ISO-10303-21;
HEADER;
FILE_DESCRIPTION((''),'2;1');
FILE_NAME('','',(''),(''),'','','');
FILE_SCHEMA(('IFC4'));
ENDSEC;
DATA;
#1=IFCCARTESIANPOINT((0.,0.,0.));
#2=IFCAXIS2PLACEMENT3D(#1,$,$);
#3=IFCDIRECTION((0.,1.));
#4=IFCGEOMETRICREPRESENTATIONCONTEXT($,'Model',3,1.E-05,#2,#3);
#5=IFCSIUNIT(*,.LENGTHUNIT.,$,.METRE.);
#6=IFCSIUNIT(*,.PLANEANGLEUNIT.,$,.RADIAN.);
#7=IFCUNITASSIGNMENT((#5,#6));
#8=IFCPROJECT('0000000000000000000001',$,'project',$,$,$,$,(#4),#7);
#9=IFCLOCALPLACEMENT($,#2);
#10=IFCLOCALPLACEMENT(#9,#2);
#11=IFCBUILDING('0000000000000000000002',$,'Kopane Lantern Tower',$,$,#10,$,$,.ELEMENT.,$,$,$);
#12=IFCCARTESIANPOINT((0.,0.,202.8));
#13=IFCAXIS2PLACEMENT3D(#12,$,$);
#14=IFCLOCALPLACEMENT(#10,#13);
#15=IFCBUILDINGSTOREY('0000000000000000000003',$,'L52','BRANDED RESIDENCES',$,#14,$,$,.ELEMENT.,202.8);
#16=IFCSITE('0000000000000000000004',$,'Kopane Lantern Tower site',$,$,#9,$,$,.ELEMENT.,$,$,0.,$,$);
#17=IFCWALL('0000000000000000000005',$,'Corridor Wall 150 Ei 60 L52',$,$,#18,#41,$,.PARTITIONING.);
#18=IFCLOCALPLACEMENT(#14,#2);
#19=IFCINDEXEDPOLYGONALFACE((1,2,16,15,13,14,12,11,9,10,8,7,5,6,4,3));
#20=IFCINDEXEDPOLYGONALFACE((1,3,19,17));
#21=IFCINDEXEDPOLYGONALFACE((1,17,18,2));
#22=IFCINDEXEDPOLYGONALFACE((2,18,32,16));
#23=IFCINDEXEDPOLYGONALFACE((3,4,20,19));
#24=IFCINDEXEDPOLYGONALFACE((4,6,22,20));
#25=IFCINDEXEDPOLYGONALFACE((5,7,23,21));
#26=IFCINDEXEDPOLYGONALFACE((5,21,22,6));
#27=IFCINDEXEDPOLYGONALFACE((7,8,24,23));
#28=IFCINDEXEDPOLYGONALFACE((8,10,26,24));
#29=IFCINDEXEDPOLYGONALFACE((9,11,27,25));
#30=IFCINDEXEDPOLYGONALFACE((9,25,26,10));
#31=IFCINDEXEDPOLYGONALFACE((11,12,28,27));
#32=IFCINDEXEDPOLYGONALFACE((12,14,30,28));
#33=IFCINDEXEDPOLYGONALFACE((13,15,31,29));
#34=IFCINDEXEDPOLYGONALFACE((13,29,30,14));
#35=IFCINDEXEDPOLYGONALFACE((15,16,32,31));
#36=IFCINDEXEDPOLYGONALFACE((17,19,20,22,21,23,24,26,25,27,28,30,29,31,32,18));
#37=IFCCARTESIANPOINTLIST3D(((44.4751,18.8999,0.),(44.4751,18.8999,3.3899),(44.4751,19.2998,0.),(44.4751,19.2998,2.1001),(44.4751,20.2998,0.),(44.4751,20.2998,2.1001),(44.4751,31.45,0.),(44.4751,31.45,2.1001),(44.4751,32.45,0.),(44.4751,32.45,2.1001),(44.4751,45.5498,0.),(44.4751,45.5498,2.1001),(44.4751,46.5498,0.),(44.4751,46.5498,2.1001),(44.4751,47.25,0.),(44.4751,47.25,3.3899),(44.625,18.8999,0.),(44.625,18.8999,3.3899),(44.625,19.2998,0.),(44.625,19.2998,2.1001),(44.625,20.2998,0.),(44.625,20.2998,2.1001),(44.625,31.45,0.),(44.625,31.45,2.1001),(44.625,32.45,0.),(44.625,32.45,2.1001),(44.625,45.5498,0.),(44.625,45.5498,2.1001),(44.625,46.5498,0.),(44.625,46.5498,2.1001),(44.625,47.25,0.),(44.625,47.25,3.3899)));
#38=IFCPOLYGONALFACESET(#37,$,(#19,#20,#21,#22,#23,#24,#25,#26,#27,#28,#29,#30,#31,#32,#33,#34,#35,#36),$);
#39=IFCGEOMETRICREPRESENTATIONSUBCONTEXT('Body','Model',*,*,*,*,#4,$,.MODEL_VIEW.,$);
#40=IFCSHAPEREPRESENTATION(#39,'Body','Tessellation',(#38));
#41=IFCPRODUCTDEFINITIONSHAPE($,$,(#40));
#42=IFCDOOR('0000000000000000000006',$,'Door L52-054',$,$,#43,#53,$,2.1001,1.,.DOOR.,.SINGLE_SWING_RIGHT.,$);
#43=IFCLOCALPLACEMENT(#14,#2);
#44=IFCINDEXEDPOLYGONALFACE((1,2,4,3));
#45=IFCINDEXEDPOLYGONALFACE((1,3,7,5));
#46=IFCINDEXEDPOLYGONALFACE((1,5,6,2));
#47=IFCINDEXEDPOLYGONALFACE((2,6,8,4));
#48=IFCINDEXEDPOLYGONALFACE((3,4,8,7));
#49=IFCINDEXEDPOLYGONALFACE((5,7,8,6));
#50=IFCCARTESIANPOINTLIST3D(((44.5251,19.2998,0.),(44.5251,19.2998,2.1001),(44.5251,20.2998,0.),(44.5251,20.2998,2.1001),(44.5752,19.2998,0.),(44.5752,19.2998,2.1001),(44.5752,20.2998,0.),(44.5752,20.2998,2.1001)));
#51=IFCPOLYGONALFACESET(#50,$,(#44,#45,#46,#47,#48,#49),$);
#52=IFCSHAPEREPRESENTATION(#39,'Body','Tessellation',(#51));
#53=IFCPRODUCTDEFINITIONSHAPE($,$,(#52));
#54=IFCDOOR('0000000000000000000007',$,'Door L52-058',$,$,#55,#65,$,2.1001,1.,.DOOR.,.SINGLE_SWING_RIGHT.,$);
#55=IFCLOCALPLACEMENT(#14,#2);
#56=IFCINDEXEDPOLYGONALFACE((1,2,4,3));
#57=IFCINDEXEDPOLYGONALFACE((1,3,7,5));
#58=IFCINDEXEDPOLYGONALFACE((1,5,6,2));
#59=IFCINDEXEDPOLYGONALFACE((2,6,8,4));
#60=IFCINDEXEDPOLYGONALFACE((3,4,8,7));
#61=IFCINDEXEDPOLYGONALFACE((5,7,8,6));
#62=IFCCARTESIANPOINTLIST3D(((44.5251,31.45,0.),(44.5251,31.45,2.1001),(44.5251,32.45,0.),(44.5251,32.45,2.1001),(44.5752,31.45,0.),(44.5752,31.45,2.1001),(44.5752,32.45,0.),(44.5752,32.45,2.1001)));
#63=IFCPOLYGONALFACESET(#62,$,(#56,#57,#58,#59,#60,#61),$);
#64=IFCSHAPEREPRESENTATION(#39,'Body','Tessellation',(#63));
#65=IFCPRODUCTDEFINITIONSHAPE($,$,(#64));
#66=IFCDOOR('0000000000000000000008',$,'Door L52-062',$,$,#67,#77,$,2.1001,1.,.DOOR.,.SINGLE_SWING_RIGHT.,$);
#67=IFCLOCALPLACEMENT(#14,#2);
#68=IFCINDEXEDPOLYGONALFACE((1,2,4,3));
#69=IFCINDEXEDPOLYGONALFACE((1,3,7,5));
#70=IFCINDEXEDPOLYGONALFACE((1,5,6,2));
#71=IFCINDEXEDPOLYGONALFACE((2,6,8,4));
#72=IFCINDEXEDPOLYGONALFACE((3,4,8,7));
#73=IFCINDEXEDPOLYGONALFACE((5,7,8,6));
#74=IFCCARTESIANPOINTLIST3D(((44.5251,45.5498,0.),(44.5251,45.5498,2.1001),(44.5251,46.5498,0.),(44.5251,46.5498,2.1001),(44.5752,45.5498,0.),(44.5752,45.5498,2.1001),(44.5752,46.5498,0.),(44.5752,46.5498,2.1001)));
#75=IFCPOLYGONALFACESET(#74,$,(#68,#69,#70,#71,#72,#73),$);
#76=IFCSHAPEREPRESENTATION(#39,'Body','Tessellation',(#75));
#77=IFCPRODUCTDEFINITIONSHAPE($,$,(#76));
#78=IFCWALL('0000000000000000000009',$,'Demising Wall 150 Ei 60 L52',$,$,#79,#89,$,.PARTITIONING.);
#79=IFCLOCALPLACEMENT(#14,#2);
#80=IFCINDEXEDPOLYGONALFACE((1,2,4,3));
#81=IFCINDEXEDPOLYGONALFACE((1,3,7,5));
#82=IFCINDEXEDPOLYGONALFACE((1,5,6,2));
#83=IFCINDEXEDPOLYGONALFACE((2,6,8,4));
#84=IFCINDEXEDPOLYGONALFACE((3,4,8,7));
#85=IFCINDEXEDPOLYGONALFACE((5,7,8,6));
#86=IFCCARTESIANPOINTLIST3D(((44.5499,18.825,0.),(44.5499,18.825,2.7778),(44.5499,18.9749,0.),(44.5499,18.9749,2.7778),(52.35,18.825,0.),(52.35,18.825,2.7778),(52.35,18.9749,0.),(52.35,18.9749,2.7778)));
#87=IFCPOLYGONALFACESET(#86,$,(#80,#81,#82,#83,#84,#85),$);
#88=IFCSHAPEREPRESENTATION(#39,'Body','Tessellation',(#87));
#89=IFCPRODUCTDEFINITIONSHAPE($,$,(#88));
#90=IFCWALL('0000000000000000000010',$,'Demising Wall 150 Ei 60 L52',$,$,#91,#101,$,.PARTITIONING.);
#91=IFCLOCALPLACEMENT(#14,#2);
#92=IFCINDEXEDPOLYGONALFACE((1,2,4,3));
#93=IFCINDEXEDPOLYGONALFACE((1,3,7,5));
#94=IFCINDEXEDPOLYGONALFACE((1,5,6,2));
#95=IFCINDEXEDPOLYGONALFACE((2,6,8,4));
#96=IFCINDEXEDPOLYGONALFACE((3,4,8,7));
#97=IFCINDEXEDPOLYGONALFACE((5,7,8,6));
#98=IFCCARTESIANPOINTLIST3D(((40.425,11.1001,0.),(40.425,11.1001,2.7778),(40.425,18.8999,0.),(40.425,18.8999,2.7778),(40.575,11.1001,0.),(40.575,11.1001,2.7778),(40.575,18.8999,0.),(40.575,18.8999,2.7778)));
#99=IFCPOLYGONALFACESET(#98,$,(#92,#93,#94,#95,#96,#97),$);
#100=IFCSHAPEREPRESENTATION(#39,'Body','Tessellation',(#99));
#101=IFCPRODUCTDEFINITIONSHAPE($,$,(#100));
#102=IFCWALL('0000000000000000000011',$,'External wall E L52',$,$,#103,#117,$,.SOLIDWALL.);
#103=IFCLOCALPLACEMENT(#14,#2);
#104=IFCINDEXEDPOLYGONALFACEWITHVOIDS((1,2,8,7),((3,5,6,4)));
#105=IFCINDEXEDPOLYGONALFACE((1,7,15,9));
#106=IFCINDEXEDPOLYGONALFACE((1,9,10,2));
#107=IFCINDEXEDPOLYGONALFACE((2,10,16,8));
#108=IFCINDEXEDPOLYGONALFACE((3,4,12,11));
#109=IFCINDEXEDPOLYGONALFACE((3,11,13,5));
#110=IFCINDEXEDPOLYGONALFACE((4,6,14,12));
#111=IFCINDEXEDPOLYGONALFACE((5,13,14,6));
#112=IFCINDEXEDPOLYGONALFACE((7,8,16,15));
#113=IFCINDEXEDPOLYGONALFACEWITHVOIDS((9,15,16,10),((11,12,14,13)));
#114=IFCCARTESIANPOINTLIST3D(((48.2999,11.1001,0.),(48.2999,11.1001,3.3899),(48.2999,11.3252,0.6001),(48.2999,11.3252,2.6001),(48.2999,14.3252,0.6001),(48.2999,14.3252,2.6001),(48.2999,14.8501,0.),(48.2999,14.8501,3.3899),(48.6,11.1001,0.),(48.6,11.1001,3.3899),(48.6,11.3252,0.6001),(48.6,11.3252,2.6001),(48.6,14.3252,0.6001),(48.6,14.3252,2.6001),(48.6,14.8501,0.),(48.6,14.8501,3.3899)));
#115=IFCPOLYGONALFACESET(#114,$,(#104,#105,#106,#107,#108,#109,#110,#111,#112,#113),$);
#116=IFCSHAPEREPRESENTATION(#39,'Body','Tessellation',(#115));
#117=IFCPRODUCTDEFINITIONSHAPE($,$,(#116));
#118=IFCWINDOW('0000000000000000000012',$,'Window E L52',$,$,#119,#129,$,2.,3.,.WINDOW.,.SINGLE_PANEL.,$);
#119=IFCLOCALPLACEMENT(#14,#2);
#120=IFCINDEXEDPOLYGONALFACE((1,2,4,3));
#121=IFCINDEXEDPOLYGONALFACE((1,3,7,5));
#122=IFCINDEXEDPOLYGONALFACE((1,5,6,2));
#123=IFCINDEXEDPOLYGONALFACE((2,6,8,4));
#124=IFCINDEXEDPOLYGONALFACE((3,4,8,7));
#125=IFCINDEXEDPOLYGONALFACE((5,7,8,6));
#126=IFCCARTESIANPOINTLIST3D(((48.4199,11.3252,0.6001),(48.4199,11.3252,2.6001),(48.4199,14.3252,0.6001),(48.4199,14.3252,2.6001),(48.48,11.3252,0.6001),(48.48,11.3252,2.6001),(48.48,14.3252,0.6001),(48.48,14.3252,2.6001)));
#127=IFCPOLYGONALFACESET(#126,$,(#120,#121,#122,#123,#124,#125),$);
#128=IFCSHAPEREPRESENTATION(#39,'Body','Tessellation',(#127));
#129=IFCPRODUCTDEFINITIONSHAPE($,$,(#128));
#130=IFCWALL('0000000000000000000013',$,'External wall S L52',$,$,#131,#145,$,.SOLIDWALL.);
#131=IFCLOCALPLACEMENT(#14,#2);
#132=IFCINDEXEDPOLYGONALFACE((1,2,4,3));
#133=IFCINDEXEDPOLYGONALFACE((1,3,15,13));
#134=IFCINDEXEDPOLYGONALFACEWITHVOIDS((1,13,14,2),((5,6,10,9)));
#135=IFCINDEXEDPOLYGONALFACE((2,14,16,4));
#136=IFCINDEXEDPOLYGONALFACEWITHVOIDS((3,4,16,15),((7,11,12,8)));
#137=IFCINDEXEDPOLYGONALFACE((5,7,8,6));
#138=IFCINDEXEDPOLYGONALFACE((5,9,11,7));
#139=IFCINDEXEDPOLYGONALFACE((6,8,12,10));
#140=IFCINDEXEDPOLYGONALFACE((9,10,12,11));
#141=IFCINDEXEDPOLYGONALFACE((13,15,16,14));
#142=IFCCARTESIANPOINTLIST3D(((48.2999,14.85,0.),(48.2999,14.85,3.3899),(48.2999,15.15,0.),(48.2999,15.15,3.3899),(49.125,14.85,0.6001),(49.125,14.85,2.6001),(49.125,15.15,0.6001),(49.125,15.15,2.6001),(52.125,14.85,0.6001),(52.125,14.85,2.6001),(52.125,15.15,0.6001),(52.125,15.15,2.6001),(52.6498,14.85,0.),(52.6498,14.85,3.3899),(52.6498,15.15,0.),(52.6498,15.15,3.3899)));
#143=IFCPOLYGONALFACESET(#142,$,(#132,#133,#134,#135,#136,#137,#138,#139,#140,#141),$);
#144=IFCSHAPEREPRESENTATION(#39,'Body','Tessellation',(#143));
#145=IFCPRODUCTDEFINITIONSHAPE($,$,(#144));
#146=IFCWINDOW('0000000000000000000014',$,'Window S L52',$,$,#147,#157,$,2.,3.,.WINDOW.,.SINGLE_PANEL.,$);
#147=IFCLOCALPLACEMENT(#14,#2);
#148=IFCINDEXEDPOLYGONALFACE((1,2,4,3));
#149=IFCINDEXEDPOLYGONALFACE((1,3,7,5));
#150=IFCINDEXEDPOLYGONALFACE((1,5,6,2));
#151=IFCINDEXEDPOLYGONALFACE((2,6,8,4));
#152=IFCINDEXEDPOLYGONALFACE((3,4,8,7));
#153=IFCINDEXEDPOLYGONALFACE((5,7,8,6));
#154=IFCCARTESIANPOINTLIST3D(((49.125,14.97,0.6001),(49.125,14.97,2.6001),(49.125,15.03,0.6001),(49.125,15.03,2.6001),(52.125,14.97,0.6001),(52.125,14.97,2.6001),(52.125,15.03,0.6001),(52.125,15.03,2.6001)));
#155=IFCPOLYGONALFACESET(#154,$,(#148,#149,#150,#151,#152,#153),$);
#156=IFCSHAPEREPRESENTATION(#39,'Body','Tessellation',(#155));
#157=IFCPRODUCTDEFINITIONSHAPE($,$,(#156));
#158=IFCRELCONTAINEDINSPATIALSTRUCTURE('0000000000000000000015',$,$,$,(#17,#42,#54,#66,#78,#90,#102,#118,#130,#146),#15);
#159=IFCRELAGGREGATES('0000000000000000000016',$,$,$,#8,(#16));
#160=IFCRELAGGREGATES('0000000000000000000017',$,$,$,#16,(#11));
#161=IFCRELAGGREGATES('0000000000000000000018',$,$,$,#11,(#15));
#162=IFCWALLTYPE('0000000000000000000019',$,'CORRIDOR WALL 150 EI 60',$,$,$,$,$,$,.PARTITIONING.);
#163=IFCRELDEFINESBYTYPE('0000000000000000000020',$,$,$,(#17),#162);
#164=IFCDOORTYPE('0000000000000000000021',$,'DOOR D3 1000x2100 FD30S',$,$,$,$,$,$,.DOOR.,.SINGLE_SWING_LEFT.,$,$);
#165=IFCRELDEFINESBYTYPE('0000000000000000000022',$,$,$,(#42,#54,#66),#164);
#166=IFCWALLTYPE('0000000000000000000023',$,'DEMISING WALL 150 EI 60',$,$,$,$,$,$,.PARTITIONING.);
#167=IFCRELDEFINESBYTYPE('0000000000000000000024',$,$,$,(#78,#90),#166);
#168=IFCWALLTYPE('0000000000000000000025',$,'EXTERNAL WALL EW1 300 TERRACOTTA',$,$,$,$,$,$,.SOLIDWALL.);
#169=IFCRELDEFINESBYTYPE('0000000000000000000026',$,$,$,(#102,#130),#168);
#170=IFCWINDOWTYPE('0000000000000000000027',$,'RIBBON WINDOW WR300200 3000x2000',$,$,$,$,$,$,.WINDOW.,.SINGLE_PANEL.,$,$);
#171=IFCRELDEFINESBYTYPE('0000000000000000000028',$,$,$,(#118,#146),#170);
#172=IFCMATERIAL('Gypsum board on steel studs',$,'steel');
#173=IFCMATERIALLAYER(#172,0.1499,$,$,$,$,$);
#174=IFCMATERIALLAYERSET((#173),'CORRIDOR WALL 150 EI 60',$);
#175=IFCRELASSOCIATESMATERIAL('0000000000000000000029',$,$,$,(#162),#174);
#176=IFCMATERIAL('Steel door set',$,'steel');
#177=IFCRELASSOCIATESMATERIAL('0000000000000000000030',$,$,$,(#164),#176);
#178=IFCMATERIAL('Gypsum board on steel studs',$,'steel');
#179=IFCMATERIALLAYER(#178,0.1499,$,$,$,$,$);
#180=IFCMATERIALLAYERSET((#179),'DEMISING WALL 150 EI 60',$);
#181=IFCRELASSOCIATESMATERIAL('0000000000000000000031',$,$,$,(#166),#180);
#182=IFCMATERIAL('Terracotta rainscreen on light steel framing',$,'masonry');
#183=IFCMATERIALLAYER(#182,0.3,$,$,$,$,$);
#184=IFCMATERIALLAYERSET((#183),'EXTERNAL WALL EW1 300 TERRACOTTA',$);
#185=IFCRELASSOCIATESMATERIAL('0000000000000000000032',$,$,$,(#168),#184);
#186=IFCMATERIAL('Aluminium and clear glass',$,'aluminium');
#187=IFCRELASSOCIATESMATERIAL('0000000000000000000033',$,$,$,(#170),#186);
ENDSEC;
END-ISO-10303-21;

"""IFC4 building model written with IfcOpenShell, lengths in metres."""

from ifc_helpers import new_model, si_unit, direction, frame, frame_2d, origin, place, context, subcontext, project, spatial, rectangle, extrude, material, layer, layer_set, type_object, element, fill, save


model = new_model("IFC4")

# Units and contexts
model_context = context("Model", 3, precision=1e-05, world=origin(), true_north=direction((0.0, 1.0)))
body_context = subcontext(model_context, "Body", "Model", "MODEL_VIEW")
ifc_project = project(units=[si_unit("LENGTHUNIT", "METRE"), si_unit("PLANEANGLEUNIT", "RADIAN")], contexts=[model_context])

# Site, building, storey
site_placement = place(None, origin())
site = spatial("IfcSite", under=ifc_project, at=site_placement, Name="Kopane Lantern Tower site", CompositionType="ELEMENT", RefElevation=0.0)
building_placement = place(site_placement, origin())
building = spatial("IfcBuilding", under=site, at=building_placement, Name="Kopane Lantern Tower", CompositionType="ELEMENT")
storey_placement = place(building_placement, frame((0.0, 0.0, 202.8)))
storey = spatial("IfcBuildingStorey", under=building, at=storey_placement, Name="L52", Description="BRANDED RESIDENCES", CompositionType="ELEMENT", Elevation=202.8)

# Wall, openings, doors
ifc_material_1 = material(Name="Gypsum board on steel studs", Category="steel")
ifc_layer_1 = layer(ifc_material_1, 0.1499)
ifc_layer_set_1 = layer_set([ifc_layer_1], Name="CORRIDOR WALL 150 EI 60")
wall_type_1 = type_object("IfcWallType", Name="CORRIDOR WALL 150 EI 60", PredefinedType="PARTITIONING", material=ifc_layer_set_1)
wall_1_placement = place(storey_placement, frame((44.55, 18.8999, 0.0), z_axis=(0.0, 0.0, 1.0), x_axis=(0.0, 1.0, 0.0)))
wall_1 = element("IfcWall", 1, at=wall_1_placement, inside=storey, type_object=wall_type_1, Name="Corridor Wall 150 Ei 60 L52", PredefinedType="PARTITIONING", context=body_context, shape_type="SweptSolid", body=[
    extrude(rectangle(XDim=28.3501, YDim=0.1499, at=frame_2d((14.175, 0.0))), origin(), (0.0, 0.0, 1.0), 3.3899),
])
opening_1_placement = place(wall_1_placement, frame((0.3999, 0.0, 0.0)))
opening_1 = element("IfcOpeningElement", 2, at=opening_1_placement, cuts=wall_1, PredefinedType="OPENING", context=body_context, shape_type="SweptSolid", body=[
    extrude(rectangle(XDim=1.0, YDim=2.1001, at=frame_2d((0.5, 1.05))), frame((0.0, 0.085, 0.0), z_axis=(0.0, -1.0, 0.0), x_axis=(1.0, 0.0, 0.0)), (0.0, 0.0, 1.0), 0.1699),
])
opening_2_placement = place(wall_1_placement, frame((12.55, 0.0, 0.0)))
opening_2 = element("IfcOpeningElement", 3, at=opening_2_placement, cuts=wall_1, PredefinedType="OPENING", context=body_context, shape_type="SweptSolid", body=[
    extrude(rectangle(XDim=1.0, YDim=2.1001, at=frame_2d((0.5, 1.05))), frame((0.0, 0.085, 0.0), z_axis=(0.0, -1.0, 0.0), x_axis=(1.0, 0.0, 0.0)), (0.0, 0.0, 1.0), 0.1699),
])
opening_3_placement = place(wall_1_placement, frame((26.6499, 0.0, 0.0)))
opening_3 = element("IfcOpeningElement", 4, at=opening_3_placement, cuts=wall_1, PredefinedType="OPENING", context=body_context, shape_type="SweptSolid", body=[
    extrude(rectangle(XDim=1.0, YDim=2.1001, at=frame_2d((0.5, 1.05))), frame((0.0, 0.085, 0.0), z_axis=(0.0, -1.0, 0.0), x_axis=(1.0, 0.0, 0.0)), (0.0, 0.0, 1.0), 0.1699),
])
ifc_material_2 = material(Name="Steel door set", Category="steel")
door_type_1 = type_object("IfcDoorType", Name="DOOR D3 1000x2100 FD30S", OperationType="SINGLE_SWING_LEFT", PredefinedType="DOOR", material=ifc_material_2)
door_1_placement = place(opening_1_placement, origin())
door_1 = element("IfcDoor", 5, at=door_1_placement, inside=storey, type_object=door_type_1, Name="Door L52-054", OperationType="SINGLE_SWING_RIGHT", OverallHeight=2.1001, OverallWidth=1.0, PredefinedType="DOOR", context=body_context, shape_type="SweptSolid", body=[
    extrude(rectangle(XDim=1.0, YDim=2.1001, at=frame_2d((0.5, 1.05))), frame((0.0, 0.0249, 0.0), z_axis=(0.0, -1.0, 0.0), x_axis=(1.0, 0.0, 0.0)), (0.0, 0.0, 1.0), 0.05),
])
fill(opening_1, door_1)
door_2_placement = place(opening_2_placement, origin())
door_2 = element("IfcDoor", 6, at=door_2_placement, inside=storey, type_object=door_type_1, Name="Door L52-058", OperationType="SINGLE_SWING_RIGHT", OverallHeight=2.1001, OverallWidth=1.0, PredefinedType="DOOR", context=body_context, shape_type="SweptSolid", body=[
    extrude(rectangle(XDim=1.0, YDim=2.1001, at=frame_2d((0.5, 1.05))), frame((0.0, 0.0249, 0.0), z_axis=(0.0, -1.0, 0.0), x_axis=(1.0, 0.0, 0.0)), (0.0, 0.0, 1.0), 0.05),
])
fill(opening_2, door_2)
door_3_placement = place(opening_3_placement, origin())
door_3 = element("IfcDoor", 7, at=door_3_placement, inside=storey, type_object=door_type_1, Name="Door L52-062", OperationType="SINGLE_SWING_RIGHT", OverallHeight=2.1001, OverallWidth=1.0, PredefinedType="DOOR", context=body_context, shape_type="SweptSolid", body=[
    extrude(rectangle(XDim=1.0, YDim=2.1001, at=frame_2d((0.5, 1.05))), frame((0.0, 0.0249, 0.0), z_axis=(0.0, -1.0, 0.0), x_axis=(1.0, 0.0, 0.0)), (0.0, 0.0, 1.0), 0.05),
])
fill(opening_3, door_3)

# Walls
ifc_material_3 = material(Name="Gypsum board on steel studs", Category="steel")
ifc_layer_2 = layer(ifc_material_3, 0.1499)
ifc_layer_set_2 = layer_set([ifc_layer_2], Name="DEMISING WALL 150 EI 60")
wall_type_2 = type_object("IfcWallType", Name="DEMISING WALL 150 EI 60", PredefinedType="PARTITIONING", material=ifc_layer_set_2)
wall_2_placement = place(storey_placement, frame((44.55, 18.8999, 0.0), z_axis=(0.0, 0.0, 1.0), x_axis=(1.0, 0.0, 0.0)))
element("IfcWall", 8, at=wall_2_placement, inside=storey, type_object=wall_type_2, Name="Demising Wall 150 Ei 60 L52", PredefinedType="PARTITIONING", context=body_context, shape_type="SweptSolid", body=[
    extrude(rectangle(XDim=7.8, YDim=0.1499, at=frame_2d((3.8999, 0.0))), origin(), (0.0, 0.0, 1.0), 2.7778),
])
wall_3_placement = place(storey_placement, frame((40.5, 18.8999, 0.0), z_axis=(0.0, 0.0, 1.0), x_axis=(0.0, -1.0, 0.0)))
element("IfcWall", 9, at=wall_3_placement, inside=storey, type_object=wall_type_2, Name="Demising Wall 150 Ei 60 L52", PredefinedType="PARTITIONING", context=body_context, shape_type="SweptSolid", body=[
    extrude(rectangle(XDim=7.7998, YDim=0.1499, at=frame_2d((3.8999, 0.0))), origin(), (0.0, 0.0, 1.0), 2.7778),
])

# Walls, openings, windows
ifc_material_4 = material(Name="Terracotta rainscreen on light steel framing", Category="masonry")
ifc_layer_3 = layer(ifc_material_4, 0.3)
ifc_layer_set_3 = layer_set([ifc_layer_3], Name="EXTERNAL WALL EW1 300 TERRACOTTA")
wall_type_3 = type_object("IfcWallType", Name="EXTERNAL WALL EW1 300 TERRACOTTA", PredefinedType="SOLIDWALL", material=ifc_layer_set_3)
wall_4_placement = place(storey_placement, frame((48.45, 11.1001, 0.0), z_axis=(0.0, 0.0, 1.0), x_axis=(0.0, 1.0, 0.0)))
wall_4 = element("IfcWall", 10, at=wall_4_placement, inside=storey, type_object=wall_type_3, Name="External wall E L52", PredefinedType="SOLIDWALL", context=body_context, shape_type="SweptSolid", body=[
    extrude(rectangle(XDim=3.75, YDim=0.3, at=frame_2d((1.875, 0.0))), origin(), (0.0, 0.0, 1.0), 3.3899),
])
opening_4_placement = place(wall_4_placement, frame((0.2251, 0.0, 0.6001)))
opening_4 = element("IfcOpeningElement", 11, at=opening_4_placement, cuts=wall_4, PredefinedType="OPENING", context=body_context, shape_type="SweptSolid", body=[
    extrude(rectangle(XDim=3.0, YDim=2.0, at=frame_2d((1.5, 1.0))), frame((0.0, 0.1599, 0.0), z_axis=(0.0, -1.0, 0.0), x_axis=(1.0, 0.0, 0.0)), (0.0, 0.0, 1.0), 0.3201),
])
ifc_material_5 = material(Name="Aluminium and clear glass", Category="aluminium")
window_type = type_object("IfcWindowType", Name="RIBBON WINDOW WR300200 3000x2000", PartitioningType="SINGLE_PANEL", PredefinedType="WINDOW", material=ifc_material_5)
window_1_placement = place(opening_4_placement, origin())
window_1 = element("IfcWindow", 12, at=window_1_placement, inside=storey, type_object=window_type, Name="Window E L52", OverallHeight=2.0, OverallWidth=3.0, PartitioningType="SINGLE_PANEL", PredefinedType="WINDOW", context=body_context, shape_type="SweptSolid", body=[
    extrude(rectangle(XDim=3.0, YDim=2.0, at=frame_2d((1.5, 1.0))), frame((0.0, 0.03, 0.0), z_axis=(0.0, -1.0, 0.0), x_axis=(1.0, 0.0, 0.0)), (0.0, 0.0, 1.0), 0.0601),
])
fill(opening_4, window_1)
wall_5_placement = place(storey_placement, frame((48.3, 15.0, 0.0), z_axis=(0.0, 0.0, 1.0), x_axis=(1.0, 0.0, 0.0)))
wall_5 = element("IfcWall", 13, at=wall_5_placement, inside=storey, type_object=wall_type_3, Name="External wall S L52", PredefinedType="SOLIDWALL", context=body_context, shape_type="SweptSolid", body=[
    extrude(rectangle(XDim=4.3499, YDim=0.3, at=frame_2d((2.1748, 0.0))), origin(), (0.0, 0.0, 1.0), 3.3899),
])
opening_5_placement = place(wall_5_placement, frame((0.825, 0.0, 0.6001)))
opening_5 = element("IfcOpeningElement", 14, at=opening_5_placement, cuts=wall_5, PredefinedType="OPENING", context=body_context, shape_type="SweptSolid", body=[
    extrude(rectangle(XDim=3.0, YDim=2.0, at=frame_2d((1.5, 1.0))), frame((0.0, 0.1599, 0.0), z_axis=(0.0, -1.0, 0.0), x_axis=(1.0, 0.0, 0.0)), (0.0, 0.0, 1.0), 0.3201),
])
window_2_placement = place(opening_5_placement, origin())
window_2 = element("IfcWindow", 15, at=window_2_placement, inside=storey, type_object=window_type, Name="Window S L52", OverallHeight=2.0, OverallWidth=3.0, PartitioningType="SINGLE_PANEL", PredefinedType="WINDOW", context=body_context, shape_type="SweptSolid", body=[
    extrude(rectangle(XDim=3.0, YDim=2.0, at=frame_2d((1.5, 1.0))), frame((0.0, 0.03, 0.0), z_axis=(0.0, -1.0, 0.0), x_axis=(1.0, 0.0, 0.0)), (0.0, 0.0, 1.0), 0.0601),
])
fill(opening_5, window_2)

save(model, "model.ifc")
